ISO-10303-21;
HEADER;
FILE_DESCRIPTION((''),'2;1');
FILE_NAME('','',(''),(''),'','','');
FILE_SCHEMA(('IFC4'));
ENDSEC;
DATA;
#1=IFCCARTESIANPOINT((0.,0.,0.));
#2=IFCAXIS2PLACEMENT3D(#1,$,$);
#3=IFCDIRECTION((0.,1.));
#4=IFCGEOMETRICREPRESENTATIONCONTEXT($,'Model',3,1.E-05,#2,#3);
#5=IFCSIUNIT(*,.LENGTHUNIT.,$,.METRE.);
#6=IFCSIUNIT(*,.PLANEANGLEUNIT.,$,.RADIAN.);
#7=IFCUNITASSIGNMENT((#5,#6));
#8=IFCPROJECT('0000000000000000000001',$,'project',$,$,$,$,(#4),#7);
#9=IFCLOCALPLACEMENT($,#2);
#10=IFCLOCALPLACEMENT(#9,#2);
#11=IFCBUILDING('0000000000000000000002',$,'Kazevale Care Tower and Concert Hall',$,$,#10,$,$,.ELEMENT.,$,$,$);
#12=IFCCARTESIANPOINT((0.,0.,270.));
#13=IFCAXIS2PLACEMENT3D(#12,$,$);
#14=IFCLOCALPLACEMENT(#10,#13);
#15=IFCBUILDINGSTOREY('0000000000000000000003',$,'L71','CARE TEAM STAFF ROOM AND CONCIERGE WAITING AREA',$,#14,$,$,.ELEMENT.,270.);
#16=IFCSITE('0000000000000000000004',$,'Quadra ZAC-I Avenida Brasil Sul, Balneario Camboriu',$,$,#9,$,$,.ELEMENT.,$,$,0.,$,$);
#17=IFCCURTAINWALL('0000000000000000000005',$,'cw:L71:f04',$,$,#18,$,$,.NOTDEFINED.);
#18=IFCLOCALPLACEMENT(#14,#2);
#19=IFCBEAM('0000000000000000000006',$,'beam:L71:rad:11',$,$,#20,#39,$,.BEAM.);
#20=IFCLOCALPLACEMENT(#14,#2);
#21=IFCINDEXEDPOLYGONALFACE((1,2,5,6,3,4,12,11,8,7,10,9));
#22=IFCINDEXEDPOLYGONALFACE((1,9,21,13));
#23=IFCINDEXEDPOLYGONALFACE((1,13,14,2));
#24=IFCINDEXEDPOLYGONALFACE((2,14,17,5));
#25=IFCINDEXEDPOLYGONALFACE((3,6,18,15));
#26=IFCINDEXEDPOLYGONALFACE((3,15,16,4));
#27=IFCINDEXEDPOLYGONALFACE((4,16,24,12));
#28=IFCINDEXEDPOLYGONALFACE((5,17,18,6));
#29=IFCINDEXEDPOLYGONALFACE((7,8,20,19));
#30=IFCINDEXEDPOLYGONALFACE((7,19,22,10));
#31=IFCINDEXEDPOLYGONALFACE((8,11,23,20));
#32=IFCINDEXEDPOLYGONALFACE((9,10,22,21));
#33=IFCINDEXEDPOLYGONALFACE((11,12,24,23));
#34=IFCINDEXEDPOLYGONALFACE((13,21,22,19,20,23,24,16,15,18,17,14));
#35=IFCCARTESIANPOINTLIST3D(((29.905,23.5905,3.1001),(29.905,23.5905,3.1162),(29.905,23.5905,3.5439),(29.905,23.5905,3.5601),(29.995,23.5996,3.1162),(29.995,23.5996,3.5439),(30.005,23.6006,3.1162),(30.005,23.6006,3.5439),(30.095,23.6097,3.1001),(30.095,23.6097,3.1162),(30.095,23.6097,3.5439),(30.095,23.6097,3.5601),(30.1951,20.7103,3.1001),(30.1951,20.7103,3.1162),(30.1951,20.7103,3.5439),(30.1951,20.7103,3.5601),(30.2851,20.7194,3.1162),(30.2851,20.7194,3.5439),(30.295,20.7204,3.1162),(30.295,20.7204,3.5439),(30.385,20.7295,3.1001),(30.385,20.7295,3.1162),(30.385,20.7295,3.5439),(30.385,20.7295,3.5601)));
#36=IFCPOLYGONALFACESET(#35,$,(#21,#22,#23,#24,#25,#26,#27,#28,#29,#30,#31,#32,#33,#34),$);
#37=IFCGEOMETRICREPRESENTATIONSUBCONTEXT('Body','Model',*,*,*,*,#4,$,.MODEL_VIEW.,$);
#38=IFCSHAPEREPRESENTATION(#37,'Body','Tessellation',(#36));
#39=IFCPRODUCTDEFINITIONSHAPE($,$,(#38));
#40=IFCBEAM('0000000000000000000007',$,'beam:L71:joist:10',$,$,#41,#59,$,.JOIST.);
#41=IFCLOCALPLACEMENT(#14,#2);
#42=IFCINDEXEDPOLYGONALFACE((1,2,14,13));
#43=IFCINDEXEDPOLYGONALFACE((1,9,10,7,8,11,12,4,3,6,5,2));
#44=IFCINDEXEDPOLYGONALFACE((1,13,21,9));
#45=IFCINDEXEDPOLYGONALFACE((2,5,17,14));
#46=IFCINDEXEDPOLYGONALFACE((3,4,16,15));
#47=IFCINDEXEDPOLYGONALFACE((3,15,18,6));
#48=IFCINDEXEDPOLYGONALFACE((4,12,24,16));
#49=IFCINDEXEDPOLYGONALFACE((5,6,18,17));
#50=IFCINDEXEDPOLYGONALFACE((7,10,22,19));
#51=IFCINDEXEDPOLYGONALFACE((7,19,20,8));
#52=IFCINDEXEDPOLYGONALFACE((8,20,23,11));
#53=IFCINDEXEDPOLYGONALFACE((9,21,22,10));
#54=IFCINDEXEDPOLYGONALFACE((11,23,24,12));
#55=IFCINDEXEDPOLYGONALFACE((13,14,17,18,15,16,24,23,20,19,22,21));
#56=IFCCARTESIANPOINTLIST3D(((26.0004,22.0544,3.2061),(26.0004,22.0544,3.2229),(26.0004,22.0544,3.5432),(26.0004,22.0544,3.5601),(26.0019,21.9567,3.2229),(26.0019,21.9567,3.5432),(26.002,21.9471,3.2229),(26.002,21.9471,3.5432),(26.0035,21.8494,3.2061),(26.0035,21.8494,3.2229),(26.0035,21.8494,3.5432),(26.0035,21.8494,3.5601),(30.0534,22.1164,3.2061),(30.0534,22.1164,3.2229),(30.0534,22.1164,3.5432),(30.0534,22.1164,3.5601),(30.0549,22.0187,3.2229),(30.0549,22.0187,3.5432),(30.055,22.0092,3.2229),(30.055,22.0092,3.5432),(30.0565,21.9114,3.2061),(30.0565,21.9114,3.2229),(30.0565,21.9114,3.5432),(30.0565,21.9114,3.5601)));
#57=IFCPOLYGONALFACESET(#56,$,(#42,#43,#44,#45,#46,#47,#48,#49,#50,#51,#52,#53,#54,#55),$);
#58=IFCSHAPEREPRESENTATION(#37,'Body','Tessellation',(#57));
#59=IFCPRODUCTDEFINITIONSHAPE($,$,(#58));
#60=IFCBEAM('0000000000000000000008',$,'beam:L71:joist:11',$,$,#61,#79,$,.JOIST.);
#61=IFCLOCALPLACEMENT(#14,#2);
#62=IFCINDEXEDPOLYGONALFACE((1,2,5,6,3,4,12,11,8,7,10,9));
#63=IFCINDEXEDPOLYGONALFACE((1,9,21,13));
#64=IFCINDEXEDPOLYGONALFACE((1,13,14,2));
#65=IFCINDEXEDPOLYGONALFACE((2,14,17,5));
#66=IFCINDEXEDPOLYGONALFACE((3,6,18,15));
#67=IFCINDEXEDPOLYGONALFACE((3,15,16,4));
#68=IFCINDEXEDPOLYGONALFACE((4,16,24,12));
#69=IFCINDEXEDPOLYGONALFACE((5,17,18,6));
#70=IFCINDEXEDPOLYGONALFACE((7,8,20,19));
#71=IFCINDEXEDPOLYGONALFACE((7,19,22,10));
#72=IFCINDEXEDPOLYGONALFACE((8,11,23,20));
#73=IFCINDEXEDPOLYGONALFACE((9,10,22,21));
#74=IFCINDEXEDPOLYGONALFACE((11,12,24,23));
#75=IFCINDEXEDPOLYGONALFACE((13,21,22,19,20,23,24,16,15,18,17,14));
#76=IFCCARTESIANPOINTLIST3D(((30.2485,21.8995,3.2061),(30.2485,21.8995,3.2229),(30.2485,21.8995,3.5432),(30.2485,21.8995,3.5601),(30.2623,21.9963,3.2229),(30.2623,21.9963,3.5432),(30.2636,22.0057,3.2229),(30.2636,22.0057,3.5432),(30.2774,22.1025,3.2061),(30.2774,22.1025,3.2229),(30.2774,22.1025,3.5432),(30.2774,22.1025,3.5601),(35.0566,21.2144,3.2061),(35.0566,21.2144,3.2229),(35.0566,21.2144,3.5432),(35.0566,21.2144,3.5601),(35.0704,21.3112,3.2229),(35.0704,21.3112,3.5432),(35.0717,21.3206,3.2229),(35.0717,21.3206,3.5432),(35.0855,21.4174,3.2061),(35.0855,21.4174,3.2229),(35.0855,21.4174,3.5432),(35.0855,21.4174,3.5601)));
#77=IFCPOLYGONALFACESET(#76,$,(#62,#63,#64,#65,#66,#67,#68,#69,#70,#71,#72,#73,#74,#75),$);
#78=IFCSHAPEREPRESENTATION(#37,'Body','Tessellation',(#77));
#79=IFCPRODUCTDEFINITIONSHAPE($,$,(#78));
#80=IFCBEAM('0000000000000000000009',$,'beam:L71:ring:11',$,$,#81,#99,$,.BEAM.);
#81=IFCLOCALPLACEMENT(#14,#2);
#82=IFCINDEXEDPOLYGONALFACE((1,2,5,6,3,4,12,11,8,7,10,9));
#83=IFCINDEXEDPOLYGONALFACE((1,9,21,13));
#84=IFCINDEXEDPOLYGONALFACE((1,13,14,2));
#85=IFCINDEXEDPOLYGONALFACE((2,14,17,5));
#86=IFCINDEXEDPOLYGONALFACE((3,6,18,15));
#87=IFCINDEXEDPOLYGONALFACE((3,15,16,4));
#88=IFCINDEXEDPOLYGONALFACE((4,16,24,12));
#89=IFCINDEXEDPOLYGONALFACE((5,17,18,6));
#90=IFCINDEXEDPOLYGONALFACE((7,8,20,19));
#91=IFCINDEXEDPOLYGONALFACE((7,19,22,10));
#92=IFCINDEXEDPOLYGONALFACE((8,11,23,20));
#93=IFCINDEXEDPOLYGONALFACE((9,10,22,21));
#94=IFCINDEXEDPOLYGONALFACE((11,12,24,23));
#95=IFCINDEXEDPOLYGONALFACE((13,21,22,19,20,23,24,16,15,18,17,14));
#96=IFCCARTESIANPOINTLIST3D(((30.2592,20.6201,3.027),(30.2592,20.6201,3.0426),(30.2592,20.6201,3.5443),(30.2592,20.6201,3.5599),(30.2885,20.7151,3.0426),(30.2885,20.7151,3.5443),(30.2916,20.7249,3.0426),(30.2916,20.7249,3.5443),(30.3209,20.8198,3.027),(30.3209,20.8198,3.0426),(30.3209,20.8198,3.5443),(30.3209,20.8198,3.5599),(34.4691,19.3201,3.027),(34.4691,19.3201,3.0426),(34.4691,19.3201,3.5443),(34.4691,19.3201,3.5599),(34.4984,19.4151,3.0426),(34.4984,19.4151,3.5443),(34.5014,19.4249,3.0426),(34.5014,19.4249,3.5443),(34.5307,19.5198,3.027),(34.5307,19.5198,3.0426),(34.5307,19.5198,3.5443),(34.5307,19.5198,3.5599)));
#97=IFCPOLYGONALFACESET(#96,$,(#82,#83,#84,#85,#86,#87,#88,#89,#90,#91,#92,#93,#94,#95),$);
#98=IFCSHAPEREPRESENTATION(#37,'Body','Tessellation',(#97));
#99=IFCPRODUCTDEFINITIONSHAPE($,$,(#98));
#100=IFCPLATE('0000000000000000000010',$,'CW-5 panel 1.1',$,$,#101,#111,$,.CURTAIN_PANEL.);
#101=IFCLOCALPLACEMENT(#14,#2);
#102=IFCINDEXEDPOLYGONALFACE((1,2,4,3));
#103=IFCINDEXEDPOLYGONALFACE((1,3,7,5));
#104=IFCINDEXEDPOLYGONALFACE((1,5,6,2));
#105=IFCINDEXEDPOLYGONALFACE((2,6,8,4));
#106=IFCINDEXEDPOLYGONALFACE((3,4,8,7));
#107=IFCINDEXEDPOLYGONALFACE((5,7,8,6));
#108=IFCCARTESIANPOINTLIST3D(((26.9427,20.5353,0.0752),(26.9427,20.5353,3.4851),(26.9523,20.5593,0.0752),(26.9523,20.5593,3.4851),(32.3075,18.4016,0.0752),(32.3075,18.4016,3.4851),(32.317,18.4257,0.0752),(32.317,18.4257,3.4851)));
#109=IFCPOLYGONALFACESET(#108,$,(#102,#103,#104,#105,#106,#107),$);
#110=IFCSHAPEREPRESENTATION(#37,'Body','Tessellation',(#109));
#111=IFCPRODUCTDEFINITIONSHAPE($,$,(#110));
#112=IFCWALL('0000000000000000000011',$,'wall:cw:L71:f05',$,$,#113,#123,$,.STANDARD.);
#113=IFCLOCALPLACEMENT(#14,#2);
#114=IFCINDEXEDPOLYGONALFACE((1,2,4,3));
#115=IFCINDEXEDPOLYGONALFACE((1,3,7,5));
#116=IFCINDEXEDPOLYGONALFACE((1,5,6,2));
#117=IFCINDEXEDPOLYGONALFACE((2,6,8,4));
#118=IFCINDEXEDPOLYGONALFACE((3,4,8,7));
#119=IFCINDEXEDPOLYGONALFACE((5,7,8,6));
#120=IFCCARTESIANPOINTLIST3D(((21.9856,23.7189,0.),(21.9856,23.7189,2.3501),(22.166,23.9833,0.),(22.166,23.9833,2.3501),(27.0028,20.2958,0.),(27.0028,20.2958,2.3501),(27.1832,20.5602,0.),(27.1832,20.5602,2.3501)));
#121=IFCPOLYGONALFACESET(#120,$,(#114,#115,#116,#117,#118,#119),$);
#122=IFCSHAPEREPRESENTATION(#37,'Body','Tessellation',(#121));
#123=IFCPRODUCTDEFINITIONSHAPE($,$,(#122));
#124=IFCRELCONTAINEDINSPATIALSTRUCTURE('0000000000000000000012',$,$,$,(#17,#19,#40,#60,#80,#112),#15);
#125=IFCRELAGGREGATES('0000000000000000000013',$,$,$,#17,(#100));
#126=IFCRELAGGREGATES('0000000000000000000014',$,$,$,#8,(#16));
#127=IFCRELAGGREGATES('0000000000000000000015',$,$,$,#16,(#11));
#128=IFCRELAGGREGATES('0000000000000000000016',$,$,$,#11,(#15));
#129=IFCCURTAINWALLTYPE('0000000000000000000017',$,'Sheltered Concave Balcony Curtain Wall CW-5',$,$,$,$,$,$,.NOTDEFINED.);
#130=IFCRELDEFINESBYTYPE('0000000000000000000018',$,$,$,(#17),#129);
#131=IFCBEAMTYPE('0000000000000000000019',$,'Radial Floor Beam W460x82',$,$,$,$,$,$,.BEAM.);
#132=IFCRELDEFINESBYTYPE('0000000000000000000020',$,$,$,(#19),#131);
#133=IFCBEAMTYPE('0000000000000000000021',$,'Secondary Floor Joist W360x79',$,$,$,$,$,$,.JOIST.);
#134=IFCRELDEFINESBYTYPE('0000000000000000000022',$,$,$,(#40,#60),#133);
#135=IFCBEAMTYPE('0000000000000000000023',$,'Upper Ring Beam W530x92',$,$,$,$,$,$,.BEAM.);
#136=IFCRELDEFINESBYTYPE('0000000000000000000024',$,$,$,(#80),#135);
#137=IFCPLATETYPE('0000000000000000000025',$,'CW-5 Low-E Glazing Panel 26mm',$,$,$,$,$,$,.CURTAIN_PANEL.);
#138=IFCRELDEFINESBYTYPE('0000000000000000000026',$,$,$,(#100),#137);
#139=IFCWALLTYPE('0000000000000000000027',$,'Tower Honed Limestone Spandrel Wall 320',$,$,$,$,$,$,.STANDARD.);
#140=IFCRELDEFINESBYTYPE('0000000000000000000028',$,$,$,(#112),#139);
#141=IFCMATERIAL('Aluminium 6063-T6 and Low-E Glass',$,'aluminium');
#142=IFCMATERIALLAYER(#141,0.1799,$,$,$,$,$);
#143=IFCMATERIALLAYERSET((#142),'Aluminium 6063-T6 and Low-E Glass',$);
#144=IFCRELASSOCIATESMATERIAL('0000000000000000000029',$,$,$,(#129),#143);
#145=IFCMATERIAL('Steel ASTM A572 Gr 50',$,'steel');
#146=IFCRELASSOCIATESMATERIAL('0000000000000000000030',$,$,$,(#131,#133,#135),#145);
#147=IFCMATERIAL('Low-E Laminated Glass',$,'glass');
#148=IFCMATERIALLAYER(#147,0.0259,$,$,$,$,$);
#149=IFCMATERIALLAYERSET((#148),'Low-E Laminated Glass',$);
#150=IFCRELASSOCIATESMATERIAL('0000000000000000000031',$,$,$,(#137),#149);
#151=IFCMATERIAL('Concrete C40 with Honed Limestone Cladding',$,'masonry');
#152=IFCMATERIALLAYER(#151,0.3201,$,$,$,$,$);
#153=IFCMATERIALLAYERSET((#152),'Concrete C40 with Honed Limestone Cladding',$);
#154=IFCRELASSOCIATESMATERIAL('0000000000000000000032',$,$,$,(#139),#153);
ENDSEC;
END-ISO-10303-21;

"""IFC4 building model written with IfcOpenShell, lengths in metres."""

from ifc_helpers import new_model, si_unit, direction, frame, frame_2d, origin, origin_2d, place, context, subcontext, project, spatial, rectangle, i_section, extrude, material, layer, layer_set, material_profile, profile_set, type_object, element, aggregate, save


model = new_model("IFC4")

# Units and contexts
model_context = context("Model", 3, precision=1e-05, world=origin(), true_north=direction((0.0, 1.0)))
body_context = subcontext(model_context, "Body", "Model", "MODEL_VIEW")
ifc_project = project(units=[si_unit("LENGTHUNIT", "METRE"), si_unit("PLANEANGLEUNIT", "RADIAN")], contexts=[model_context])

# Site, building, storey
site_placement = place(None, origin())
site = spatial("IfcSite", under=ifc_project, at=site_placement, Name="Quadra ZAC-I Avenida Brasil Sul, Balneario Camboriu", CompositionType="ELEMENT", RefElevation=0.0)
building_placement = place(site_placement, origin())
building = spatial("IfcBuilding", under=site, at=building_placement, Name="Kazevale Care Tower and Concert Hall", CompositionType="ELEMENT")
storey_placement = place(building_placement, frame((0.0, 0.0, 270.0)))
storey = spatial("IfcBuildingStorey", under=building, at=storey_placement, Name="L71", Description="CARE TEAM STAFF ROOM AND CONCIERGE WAITING AREA", CompositionType="ELEMENT", Elevation=270.0)

# Shared definitions
ifc_material_1 = material(Name="Aluminium 6063-T6 and Low-E Glass", Category="aluminium")
ifc_layer_1 = layer(ifc_material_1, 0.1799)
ifc_layer_set_1 = layer_set([ifc_layer_1], Name="Aluminium 6063-T6 and Low-E Glass")
curtain_wall_type = type_object("IfcCurtainWallType", Name="Sheltered Concave Balcony Curtain Wall CW-5", PredefinedType="NOTDEFINED", material=ifc_layer_set_1)

# Curtain wall
curtain_wall_1_placement = place(storey_placement, origin())
curtain_wall_1 = element("IfcCurtainWall", 1, at=curtain_wall_1_placement, inside=storey, type_object=curtain_wall_type, Name="cw:L71:f04", PredefinedType="NOTDEFINED")

# Beams
ifc_material_2 = material(Name="Steel ASTM A572 Gr 50", Category="steel")
ifc_material_profile_1 = material_profile(ifc_material_2, i_section(OverallWidth=0.1909, OverallDepth=0.46, WebThickness=0.01, FlangeThickness=0.0161, at=origin_2d()), Name="W460x82")
ifc_profile_set_1 = profile_set([ifc_material_profile_1], Name="Steel ASTM A572 Gr 50")
beam_type_1 = type_object("IfcBeamType", Name="Radial Floor Beam W460x82", PredefinedType="BEAM", material=ifc_profile_set_1)
beam_1_placement = place(storey_placement, frame((30.0, 23.6001, 3.3301), z_axis=(0.100197, -0.994968, 0.0), x_axis=(0.994968, 0.100197, 0.0)))
element("IfcBeam", 2, at=beam_1_placement, inside=storey, type_object=beam_type_1, Name="beam:L71:rad:11", PredefinedType="BEAM", context=body_context, shape_type="SweptSolid", body=[
    extrude(i_section(OverallWidth=0.1909, OverallDepth=0.46, WebThickness=0.01, FlangeThickness=0.0161, at=origin_2d()), origin(), (0.0, 0.0, 1.0), 2.8948),
])
ifc_material_profile_2 = material_profile(ifc_material_2, i_section(OverallWidth=0.2051, OverallDepth=0.354, WebThickness=0.0095, FlangeThickness=0.0168, at=origin_2d()), Name="W360x79")
ifc_profile_set_2 = profile_set([ifc_material_profile_2], Name="Steel ASTM A572 Gr 50")
beam_type_2 = type_object("IfcBeamType", Name="Secondary Floor Joist W360x79", PredefinedType="JOIST", material=ifc_profile_set_2)
beam_2_placement = place(storey_placement, frame((26.002, 21.9519, 3.3831), z_axis=(0.999883, 0.015298, 0.0), x_axis=(-0.015298, 0.999883, 0.0)))
element("IfcBeam", 3, at=beam_2_placement, inside=storey, type_object=beam_type_2, Name="beam:L71:joist:10", PredefinedType="JOIST", context=body_context, shape_type="SweptSolid", body=[
    extrude(i_section(OverallWidth=0.2051, OverallDepth=0.354, WebThickness=0.0095, FlangeThickness=0.0168, at=origin_2d()), origin(), (0.0, 0.0, 1.0), 4.0535),
])
beam_3_placement = place(storey_placement, frame((30.2629, 22.001, 3.3831), z_axis=(0.990002, -0.141055, 0.0), x_axis=(0.141055, 0.990002, 0.0)))
element("IfcBeam", 4, at=beam_3_placement, inside=storey, type_object=beam_type_2, Name="beam:L71:joist:11", PredefinedType="JOIST", context=body_context, shape_type="SweptSolid", body=[
    extrude(i_section(OverallWidth=0.2051, OverallDepth=0.354, WebThickness=0.0095, FlangeThickness=0.0168, at=origin_2d()), origin(), (0.0, 0.0, 1.0), 4.8567),
])
ifc_material_profile_3 = material_profile(ifc_material_2, i_section(OverallWidth=0.209, OverallDepth=0.533, WebThickness=0.0103, FlangeThickness=0.0156, at=origin_2d()), Name="W530x92")
ifc_profile_set_3 = profile_set([ifc_material_profile_3], Name="Steel ASTM A572 Gr 50")
beam_type_3 = type_object("IfcBeamType", Name="Upper Ring Beam W530x92", PredefinedType="BEAM", material=ifc_profile_set_3)
beam_4_placement = place(storey_placement, frame((30.29, 20.72, 3.2935), z_axis=(0.95548, -0.295055, 0.0), x_axis=(0.295055, 0.95548, 0.0)))
element("IfcBeam", 5, at=beam_4_placement, inside=storey, type_object=beam_type_3, Name="beam:L71:ring:11", PredefinedType="BEAM", context=body_context, shape_type="SweptSolid", body=[
    extrude(i_section(OverallWidth=0.209, OverallDepth=0.533, WebThickness=0.0103, FlangeThickness=0.0156, at=origin_2d()), origin(), (0.0, 0.0, 1.0), 4.406),
])

# Plate
ifc_material_3 = material(Name="Low-E Laminated Glass", Category="glass")
ifc_layer_2 = layer(ifc_material_3, 0.0259)
ifc_layer_set_2 = layer_set([ifc_layer_2], Name="Low-E Laminated Glass")
plate_type = type_object("IfcPlateType", Name="CW-5 Low-E Glazing Panel 26mm", PredefinedType="CURTAIN_PANEL", material=ifc_layer_set_2)
plate_placement = place(storey_placement, frame((29.6299, 19.4805, 0.0752), z_axis=(0.0, 0.0, 1.0), x_axis=(-0.929208, 0.369556, 0.0)))
plate = element("IfcPlate", 6, at=plate_placement, type_object=plate_type, Name="CW-5 panel 1.1", PredefinedType="CURTAIN_PANEL", context=body_context, shape_type="SweptSolid", body=[
    extrude(rectangle(XDim=5.7734, YDim=0.0259, at=origin_2d()), origin(), (0.0, 0.0, 1.0), 3.4099),
])
aggregate(curtain_wall_1, [plate])

# Wall
ifc_material_4 = material(Name="Concrete C40 with Honed Limestone Cladding", Category="masonry")
ifc_layer_3 = layer(ifc_material_4, 0.3201)
ifc_layer_set_3 = layer_set([ifc_layer_3], Name="Concrete C40 with Honed Limestone Cladding")
wall_type = type_object("IfcWallType", Name="Tower Honed Limestone Spandrel Wall 320", PredefinedType="STANDARD", material=ifc_layer_set_3)
wall_placement = place(storey_placement, frame((27.093, 20.428, 0.0), z_axis=(0.0, 0.0, 1.0), x_axis=(-0.826047, 0.563601, 0.0)))
element("IfcWall", 7, at=wall_placement, inside=storey, type_object=wall_type, Name="wall:cw:L71:f05", PredefinedType="STANDARD", context=body_context, shape_type="SweptSolid", body=[
    extrude(rectangle(XDim=6.0737, YDim=0.3201, at=frame_2d((3.0369, 0.0))), origin(), (0.0, 0.0, 1.0), 2.3501),
])

save(model, "model.ifc")
